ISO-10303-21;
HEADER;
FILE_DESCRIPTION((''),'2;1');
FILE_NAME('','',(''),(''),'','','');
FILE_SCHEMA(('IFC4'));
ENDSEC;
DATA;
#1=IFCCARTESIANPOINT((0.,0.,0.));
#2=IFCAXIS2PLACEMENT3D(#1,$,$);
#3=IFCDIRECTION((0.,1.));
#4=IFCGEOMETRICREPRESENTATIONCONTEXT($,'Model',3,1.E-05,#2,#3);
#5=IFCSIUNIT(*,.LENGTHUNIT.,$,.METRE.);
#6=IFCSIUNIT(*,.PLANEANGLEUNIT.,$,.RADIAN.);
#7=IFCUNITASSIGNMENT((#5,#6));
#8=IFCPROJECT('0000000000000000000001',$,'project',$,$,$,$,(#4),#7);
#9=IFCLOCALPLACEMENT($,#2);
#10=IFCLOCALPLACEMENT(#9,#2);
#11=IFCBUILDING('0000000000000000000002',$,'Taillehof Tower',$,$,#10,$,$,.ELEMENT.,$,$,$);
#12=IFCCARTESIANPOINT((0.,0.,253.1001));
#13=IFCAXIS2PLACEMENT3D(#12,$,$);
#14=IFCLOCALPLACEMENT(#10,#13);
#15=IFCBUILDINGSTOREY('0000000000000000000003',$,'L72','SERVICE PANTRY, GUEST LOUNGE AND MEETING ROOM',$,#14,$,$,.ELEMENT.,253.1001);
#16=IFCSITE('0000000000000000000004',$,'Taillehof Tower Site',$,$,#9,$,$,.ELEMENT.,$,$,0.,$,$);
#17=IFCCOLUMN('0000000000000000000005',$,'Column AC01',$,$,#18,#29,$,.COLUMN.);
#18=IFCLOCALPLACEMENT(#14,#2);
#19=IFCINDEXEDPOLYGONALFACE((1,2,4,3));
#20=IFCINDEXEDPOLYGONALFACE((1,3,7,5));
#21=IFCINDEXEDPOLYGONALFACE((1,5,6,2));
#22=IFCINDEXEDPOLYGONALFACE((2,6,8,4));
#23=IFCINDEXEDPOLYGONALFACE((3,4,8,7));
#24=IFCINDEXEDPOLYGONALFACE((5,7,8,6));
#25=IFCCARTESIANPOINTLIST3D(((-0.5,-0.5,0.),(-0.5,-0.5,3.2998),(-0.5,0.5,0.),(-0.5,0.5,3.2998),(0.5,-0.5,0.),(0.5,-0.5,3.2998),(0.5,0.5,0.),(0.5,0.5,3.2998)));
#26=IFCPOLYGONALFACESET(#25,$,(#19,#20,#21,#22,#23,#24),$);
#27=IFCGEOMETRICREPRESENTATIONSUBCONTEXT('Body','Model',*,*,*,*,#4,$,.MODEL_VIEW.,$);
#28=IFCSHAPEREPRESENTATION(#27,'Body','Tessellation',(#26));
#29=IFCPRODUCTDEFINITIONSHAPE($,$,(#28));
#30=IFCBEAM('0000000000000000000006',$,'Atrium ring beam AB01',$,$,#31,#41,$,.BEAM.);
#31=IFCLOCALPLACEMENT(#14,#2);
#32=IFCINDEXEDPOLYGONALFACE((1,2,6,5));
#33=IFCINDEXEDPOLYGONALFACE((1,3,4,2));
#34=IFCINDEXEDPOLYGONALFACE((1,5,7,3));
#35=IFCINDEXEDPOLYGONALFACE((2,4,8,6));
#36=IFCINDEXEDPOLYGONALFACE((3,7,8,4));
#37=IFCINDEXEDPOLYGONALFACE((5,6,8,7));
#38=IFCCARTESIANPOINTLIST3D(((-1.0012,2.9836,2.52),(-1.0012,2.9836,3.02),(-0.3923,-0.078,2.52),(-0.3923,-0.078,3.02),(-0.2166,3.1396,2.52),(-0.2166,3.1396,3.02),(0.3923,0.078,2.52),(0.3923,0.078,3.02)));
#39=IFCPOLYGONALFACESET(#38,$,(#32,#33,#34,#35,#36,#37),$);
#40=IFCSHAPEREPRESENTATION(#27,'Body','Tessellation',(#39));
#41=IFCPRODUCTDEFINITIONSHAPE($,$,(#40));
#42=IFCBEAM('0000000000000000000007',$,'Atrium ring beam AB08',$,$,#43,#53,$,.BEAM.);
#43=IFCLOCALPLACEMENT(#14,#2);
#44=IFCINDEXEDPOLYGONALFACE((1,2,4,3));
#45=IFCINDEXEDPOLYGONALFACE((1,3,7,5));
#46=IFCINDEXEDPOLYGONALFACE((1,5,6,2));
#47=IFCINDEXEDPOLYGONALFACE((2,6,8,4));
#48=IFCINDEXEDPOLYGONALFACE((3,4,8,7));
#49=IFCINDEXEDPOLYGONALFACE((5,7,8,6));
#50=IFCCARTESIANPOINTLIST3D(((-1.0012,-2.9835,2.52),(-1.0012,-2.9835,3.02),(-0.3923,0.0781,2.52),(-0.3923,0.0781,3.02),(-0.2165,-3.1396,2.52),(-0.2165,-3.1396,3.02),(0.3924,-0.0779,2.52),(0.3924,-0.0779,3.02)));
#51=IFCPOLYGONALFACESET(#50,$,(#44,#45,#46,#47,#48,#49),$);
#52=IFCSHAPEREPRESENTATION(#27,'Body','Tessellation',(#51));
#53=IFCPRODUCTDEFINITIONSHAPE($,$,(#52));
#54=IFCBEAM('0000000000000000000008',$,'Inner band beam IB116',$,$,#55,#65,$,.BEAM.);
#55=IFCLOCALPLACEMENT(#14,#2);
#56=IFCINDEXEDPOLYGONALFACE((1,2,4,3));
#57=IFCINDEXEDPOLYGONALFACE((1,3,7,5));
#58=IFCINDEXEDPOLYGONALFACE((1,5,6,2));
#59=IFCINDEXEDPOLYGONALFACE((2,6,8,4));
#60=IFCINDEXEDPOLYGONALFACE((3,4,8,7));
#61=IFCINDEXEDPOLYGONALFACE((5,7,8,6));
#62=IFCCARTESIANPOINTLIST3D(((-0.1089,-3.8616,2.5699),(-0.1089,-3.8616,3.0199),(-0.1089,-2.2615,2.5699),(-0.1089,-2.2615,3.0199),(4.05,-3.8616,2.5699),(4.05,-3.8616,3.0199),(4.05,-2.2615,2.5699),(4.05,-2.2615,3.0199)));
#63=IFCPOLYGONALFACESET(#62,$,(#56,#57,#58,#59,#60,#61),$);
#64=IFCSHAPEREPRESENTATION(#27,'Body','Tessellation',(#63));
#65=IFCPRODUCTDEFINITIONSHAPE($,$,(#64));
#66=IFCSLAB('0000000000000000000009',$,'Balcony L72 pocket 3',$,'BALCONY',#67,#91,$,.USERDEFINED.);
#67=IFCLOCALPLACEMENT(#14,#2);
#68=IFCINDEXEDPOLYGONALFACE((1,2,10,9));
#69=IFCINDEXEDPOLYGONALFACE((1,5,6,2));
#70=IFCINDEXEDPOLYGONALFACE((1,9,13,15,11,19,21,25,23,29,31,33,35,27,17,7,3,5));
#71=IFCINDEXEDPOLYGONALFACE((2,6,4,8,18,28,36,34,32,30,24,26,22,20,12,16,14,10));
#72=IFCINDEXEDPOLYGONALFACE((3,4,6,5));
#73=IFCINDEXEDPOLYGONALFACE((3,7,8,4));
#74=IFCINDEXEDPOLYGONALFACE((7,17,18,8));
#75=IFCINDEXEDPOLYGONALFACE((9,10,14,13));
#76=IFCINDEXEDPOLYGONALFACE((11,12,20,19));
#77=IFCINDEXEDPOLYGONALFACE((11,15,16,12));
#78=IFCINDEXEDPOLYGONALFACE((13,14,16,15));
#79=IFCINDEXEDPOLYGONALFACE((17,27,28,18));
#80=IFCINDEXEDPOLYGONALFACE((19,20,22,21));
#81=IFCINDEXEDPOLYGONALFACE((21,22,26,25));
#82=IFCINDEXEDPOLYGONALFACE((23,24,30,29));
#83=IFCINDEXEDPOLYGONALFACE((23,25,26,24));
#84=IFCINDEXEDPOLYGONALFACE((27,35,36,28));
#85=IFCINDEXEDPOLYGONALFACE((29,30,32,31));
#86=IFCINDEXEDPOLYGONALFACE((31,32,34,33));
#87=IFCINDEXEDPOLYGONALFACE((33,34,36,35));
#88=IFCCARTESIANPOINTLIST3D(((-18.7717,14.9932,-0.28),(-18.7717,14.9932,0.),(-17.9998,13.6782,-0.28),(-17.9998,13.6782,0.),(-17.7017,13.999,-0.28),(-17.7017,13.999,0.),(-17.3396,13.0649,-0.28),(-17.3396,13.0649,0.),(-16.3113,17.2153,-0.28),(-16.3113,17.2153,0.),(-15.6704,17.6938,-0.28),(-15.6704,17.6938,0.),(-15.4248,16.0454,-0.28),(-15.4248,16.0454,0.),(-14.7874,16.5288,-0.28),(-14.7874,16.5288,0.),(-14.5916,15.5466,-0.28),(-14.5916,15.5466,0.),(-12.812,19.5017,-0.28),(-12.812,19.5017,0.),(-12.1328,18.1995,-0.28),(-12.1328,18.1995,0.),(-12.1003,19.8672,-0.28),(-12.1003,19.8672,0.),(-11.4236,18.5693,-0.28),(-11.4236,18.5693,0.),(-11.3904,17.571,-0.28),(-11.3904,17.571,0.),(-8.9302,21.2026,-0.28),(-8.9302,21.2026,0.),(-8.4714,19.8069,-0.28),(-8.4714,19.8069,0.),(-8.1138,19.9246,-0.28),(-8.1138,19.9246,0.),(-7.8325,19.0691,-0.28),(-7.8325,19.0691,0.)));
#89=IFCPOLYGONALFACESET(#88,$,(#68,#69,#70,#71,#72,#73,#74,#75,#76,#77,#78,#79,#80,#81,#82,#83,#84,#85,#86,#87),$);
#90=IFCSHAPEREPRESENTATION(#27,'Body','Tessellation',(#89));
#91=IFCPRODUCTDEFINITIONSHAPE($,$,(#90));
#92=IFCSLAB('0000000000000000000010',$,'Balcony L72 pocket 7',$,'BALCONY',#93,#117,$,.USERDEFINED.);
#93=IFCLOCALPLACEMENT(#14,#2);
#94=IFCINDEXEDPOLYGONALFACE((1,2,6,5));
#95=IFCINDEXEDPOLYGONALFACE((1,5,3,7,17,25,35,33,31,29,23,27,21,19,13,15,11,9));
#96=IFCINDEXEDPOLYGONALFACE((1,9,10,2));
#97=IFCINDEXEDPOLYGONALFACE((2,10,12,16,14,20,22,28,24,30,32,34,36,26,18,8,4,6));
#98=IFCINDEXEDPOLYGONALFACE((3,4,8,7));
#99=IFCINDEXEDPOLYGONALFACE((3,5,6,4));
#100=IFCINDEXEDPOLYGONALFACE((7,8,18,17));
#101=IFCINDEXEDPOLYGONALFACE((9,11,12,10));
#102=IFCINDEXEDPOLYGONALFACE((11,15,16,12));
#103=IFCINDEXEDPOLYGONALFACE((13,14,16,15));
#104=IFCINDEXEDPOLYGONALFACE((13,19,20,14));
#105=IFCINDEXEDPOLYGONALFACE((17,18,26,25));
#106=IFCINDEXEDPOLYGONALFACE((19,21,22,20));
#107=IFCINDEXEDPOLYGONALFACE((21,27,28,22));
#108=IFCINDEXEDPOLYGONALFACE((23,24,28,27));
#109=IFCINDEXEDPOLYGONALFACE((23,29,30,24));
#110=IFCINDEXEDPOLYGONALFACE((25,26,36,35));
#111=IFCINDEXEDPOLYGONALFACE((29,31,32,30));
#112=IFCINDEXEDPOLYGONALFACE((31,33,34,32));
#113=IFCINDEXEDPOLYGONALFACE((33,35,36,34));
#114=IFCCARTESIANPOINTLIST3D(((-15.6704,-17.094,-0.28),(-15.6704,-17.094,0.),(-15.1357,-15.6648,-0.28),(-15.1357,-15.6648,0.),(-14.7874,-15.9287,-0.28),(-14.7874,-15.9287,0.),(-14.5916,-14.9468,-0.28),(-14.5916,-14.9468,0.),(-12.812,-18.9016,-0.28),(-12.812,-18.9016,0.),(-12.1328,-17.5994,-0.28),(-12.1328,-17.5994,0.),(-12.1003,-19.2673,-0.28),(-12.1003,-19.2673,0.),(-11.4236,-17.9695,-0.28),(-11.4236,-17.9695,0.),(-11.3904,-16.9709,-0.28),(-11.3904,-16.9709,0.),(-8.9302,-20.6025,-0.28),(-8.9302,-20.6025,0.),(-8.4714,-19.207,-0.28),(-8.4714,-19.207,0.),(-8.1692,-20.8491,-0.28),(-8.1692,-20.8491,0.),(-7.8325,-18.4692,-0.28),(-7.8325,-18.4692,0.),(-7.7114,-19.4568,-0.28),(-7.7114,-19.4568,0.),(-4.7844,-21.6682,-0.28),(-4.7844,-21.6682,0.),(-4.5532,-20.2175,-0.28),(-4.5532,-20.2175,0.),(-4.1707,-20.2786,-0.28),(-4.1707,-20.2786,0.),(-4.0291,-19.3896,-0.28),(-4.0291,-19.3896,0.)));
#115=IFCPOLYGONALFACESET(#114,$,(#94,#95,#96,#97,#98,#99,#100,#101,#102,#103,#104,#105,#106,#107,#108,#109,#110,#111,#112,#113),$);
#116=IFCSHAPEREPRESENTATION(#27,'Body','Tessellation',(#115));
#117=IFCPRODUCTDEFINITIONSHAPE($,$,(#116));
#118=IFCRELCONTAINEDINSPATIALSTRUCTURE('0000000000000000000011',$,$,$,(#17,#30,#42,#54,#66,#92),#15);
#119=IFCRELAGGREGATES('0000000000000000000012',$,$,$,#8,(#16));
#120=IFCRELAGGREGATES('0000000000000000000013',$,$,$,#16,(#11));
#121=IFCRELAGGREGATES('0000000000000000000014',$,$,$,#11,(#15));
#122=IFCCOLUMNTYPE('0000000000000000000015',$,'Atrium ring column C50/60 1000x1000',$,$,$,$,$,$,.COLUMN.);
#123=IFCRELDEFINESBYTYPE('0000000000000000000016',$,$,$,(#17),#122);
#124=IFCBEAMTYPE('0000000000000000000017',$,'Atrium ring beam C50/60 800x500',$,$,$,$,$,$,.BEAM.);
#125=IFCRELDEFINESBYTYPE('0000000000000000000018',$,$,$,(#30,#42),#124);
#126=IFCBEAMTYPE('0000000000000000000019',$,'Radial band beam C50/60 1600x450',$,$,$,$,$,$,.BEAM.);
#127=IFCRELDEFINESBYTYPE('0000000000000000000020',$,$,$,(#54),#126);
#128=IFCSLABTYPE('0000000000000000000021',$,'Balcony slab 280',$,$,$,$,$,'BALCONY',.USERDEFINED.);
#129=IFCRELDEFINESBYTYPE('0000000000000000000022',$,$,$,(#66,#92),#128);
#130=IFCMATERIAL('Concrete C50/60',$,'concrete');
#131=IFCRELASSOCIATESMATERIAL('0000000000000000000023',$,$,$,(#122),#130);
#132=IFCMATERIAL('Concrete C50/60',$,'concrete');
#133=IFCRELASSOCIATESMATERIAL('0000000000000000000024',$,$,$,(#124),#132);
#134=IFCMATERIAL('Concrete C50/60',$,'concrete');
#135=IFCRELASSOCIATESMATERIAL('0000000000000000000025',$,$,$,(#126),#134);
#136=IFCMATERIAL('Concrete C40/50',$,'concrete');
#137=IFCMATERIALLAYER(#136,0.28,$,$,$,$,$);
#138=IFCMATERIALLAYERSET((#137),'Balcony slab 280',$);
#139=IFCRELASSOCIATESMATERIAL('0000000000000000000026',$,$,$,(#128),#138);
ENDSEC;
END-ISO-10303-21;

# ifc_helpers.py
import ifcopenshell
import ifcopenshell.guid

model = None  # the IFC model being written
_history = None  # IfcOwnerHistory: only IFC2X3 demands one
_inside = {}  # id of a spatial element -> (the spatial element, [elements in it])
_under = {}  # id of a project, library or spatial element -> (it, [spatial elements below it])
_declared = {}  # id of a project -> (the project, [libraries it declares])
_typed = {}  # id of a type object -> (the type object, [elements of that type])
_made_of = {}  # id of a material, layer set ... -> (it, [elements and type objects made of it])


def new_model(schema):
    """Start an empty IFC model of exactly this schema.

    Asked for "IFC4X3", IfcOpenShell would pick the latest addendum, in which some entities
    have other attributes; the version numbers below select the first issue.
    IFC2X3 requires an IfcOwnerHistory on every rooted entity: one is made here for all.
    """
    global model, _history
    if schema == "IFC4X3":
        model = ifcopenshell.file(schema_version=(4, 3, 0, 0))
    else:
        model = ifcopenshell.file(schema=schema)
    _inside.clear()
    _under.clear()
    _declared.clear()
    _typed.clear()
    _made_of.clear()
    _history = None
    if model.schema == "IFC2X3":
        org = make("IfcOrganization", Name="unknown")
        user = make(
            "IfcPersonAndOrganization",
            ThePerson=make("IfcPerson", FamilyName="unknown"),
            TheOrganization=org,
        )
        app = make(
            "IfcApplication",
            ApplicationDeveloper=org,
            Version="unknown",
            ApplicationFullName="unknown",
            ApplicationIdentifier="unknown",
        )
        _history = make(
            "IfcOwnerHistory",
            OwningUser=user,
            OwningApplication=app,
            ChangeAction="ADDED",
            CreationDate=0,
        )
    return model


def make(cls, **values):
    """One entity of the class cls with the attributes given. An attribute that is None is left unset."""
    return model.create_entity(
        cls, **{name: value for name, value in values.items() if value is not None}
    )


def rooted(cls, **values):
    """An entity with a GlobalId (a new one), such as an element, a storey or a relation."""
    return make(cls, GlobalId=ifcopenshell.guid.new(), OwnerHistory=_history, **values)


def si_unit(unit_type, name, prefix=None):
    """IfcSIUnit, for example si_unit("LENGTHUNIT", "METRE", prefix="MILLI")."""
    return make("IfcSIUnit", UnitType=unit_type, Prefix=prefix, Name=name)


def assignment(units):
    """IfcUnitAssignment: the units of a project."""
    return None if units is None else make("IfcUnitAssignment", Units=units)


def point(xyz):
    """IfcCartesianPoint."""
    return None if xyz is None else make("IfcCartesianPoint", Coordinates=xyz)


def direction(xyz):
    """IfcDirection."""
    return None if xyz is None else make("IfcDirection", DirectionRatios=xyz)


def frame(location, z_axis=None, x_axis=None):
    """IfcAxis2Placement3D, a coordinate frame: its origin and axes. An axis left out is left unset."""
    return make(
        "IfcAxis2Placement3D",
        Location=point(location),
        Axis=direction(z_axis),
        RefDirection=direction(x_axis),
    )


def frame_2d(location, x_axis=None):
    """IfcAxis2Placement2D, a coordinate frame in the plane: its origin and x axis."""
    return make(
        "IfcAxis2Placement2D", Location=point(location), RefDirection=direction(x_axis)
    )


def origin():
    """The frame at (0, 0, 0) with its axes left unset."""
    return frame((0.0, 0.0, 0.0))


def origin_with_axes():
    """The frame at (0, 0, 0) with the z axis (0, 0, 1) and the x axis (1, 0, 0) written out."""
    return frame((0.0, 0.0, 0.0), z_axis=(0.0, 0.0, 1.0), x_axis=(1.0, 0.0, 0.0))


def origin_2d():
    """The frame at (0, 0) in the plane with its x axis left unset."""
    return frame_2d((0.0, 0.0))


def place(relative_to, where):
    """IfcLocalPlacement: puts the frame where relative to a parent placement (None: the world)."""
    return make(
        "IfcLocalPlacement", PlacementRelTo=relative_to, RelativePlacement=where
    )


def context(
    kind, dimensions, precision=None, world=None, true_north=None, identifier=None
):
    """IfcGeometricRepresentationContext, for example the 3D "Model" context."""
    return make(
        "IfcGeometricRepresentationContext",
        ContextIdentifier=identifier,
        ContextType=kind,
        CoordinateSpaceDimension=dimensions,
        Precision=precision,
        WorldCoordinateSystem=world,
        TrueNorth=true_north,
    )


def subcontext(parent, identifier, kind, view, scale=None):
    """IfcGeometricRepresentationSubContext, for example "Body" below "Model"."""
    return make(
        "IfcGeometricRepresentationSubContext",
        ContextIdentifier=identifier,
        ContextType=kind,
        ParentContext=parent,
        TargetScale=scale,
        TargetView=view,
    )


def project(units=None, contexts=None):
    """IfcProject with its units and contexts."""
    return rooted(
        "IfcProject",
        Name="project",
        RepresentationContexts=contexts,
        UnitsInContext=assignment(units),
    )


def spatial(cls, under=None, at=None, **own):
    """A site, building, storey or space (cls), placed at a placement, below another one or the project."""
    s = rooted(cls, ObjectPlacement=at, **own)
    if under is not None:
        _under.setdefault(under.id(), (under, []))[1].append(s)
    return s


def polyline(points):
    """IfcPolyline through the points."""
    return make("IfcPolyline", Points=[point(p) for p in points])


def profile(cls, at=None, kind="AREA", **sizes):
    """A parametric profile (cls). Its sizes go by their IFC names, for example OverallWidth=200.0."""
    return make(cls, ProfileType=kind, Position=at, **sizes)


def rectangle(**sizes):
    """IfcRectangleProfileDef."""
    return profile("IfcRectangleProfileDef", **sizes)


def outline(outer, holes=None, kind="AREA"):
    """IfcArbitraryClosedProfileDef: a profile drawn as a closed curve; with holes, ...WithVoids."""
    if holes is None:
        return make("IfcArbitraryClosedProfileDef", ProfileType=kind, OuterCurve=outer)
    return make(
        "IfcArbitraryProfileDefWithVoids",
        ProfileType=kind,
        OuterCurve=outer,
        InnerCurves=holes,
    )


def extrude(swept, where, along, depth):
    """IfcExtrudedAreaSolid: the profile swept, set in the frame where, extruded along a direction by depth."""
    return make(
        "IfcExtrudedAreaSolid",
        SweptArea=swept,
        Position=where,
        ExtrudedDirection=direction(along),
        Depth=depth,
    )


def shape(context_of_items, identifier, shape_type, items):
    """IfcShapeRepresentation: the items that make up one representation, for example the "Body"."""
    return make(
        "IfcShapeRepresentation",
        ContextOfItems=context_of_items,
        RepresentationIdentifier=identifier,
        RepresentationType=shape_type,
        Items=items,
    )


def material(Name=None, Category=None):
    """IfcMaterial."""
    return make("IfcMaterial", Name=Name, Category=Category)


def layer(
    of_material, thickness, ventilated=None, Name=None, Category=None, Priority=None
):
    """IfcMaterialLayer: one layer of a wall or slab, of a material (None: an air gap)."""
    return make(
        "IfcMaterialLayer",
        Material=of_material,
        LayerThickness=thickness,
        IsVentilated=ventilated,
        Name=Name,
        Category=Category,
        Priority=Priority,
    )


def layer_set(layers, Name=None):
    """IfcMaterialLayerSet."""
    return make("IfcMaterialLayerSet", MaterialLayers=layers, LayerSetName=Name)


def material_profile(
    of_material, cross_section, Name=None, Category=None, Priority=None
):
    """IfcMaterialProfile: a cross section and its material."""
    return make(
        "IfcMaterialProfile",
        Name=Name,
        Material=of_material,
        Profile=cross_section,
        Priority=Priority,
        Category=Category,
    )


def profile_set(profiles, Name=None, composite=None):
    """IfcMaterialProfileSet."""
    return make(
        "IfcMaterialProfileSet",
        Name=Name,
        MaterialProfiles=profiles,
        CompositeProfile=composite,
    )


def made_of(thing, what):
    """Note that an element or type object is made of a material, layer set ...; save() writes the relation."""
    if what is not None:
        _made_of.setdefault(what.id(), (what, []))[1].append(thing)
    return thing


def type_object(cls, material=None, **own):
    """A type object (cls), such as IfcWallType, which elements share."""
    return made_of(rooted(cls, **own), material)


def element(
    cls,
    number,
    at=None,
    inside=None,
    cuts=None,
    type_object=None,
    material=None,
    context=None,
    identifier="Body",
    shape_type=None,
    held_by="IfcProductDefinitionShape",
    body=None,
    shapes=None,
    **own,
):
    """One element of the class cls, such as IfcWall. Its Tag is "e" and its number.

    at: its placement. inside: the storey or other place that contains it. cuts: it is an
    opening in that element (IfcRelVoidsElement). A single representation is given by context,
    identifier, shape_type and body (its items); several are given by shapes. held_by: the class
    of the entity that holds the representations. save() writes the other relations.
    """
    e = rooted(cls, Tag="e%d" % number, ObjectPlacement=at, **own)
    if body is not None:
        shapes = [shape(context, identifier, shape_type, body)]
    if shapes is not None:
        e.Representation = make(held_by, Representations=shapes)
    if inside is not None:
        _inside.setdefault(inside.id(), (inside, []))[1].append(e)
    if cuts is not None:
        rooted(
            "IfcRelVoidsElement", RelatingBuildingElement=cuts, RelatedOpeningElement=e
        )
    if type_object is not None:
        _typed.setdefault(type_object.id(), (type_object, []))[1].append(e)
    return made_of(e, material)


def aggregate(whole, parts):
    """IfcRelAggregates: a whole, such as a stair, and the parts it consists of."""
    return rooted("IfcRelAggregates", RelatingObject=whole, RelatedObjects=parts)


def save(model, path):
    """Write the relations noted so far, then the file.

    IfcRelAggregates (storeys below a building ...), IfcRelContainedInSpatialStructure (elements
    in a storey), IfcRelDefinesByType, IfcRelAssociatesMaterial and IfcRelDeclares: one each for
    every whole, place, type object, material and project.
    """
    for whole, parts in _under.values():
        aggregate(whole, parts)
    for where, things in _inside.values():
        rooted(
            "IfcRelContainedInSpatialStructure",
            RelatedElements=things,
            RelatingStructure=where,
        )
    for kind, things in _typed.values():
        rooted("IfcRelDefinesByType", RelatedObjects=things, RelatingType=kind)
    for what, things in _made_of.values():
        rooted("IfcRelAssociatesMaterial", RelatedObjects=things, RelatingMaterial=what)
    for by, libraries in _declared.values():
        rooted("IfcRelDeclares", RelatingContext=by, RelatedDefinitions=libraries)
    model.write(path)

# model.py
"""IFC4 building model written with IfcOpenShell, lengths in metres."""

from ifc_helpers import new_model, si_unit, direction, frame, origin, origin_with_axes, origin_2d, place, context, subcontext, project, spatial, polyline, rectangle, outline, extrude, material, layer, layer_set, material_profile, profile_set, type_object, element, save


model = new_model("IFC4")

# Units and contexts
model_context = context("Model", 3, precision=1e-05, world=origin(), true_north=direction((0.0, 1.0)))
body_context = subcontext(model_context, "Body", "Model", "MODEL_VIEW")
ifc_project = project(units=[si_unit("LENGTHUNIT", "METRE"), si_unit("PLANEANGLEUNIT", "RADIAN")], contexts=[model_context])

# Site, building, storey
site_placement = place(None, origin())
site = spatial("IfcSite", under=ifc_project, at=site_placement, Name="Taillehof Tower Site", CompositionType="ELEMENT", RefElevation=0.0)
building_placement = place(site_placement, origin())
building = spatial("IfcBuilding", under=site, at=building_placement, Name="Taillehof Tower", CompositionType="ELEMENT")
storey_placement = place(building_placement, frame((0.0, 0.0, 253.1001)))
storey = spatial("IfcBuildingStorey", under=building, at=storey_placement, Name="L72", Description="SERVICE PANTRY, GUEST LOUNGE AND MEETING ROOM", CompositionType="ELEMENT", Elevation=253.1001)

# Column
ifc_material_1 = material(Name="Concrete C50/60", Category="concrete")
ifc_material_profile_1 = material_profile(ifc_material_1, rectangle(XDim=1.0, YDim=1.0, at=origin_2d()), Name="RC 1000x1000")
ifc_profile_set_1 = profile_set([ifc_material_profile_1], Name="Concrete C50/60")
column_type = type_object("IfcColumnType", Name="Atrium ring column C50/60 1000x1000", PredefinedType="COLUMN", material=ifc_profile_set_1)
column_placement = place(storey_placement, origin_with_axes())
element("IfcColumn", 1, at=column_placement, inside=storey, type_object=column_type, Name="Column AC01", PredefinedType="COLUMN", context=body_context, shape_type="SweptSolid", body=[
    extrude(rectangle(XDim=1.0, YDim=1.0, at=origin_2d()), origin(), (0.0, 0.0, 1.0), 3.2998),
])

# Beams
ifc_material_2 = material(Name="Concrete C50/60", Category="concrete")
ifc_material_profile_2 = material_profile(ifc_material_2, rectangle(XDim=0.8, YDim=0.5, at=origin_2d()), Name="RC 800x500")
ifc_profile_set_2 = profile_set([ifc_material_profile_2], Name="Concrete C50/60")
beam_type_1 = type_object("IfcBeamType", Name="Atrium ring beam C50/60 800x500", PredefinedType="BEAM", material=ifc_profile_set_2)
for number, where, z_axis, x_axis, name in (
    (2, (0.0, 0.0, 2.77), (-0.195063, 0.980791, 0.0), (-0.980791, -0.195063, 0.0), "Atrium ring beam AB01"),
    (3, (-0.6089, -3.0615, 2.77), (0.195063, 0.980791, 0.0), (-0.980791, 0.195063, 0.0), "Atrium ring beam AB08"),
):
    element("IfcBeam", number, at=place(storey_placement, frame(where, z_axis=z_axis, x_axis=x_axis)), inside=storey, type_object=beam_type_1, Name=name, PredefinedType="BEAM", context=body_context, shape_type="SweptSolid", body=[
        extrude(rectangle(XDim=0.8, YDim=0.5, at=origin_2d()), origin(), (0.0, 0.0, 1.0), 3.1216),
    ])
ifc_material_3 = material(Name="Concrete C50/60", Category="concrete")
ifc_material_profile_3 = material_profile(ifc_material_3, rectangle(XDim=1.6001, YDim=0.45, at=origin_2d()), Name="RC 1600x450")
ifc_profile_set_3 = profile_set([ifc_material_profile_3], Name="Concrete C50/60")
beam_type_2 = type_object("IfcBeamType", Name="Radial band beam C50/60 1600x450", PredefinedType="BEAM", material=ifc_profile_set_3)
beam_placement = place(storey_placement, frame((-0.1089, -3.0615, 2.7949), z_axis=(1.0, 0.0, 0.0), x_axis=(0.0, 1.0, 0.0)))
element("IfcBeam", 4, at=beam_placement, inside=storey, type_object=beam_type_2, Name="Inner band beam IB116", PredefinedType="BEAM", context=body_context, shape_type="SweptSolid", body=[
    extrude(rectangle(XDim=1.6001, YDim=0.45, at=origin_2d()), origin(), (0.0, 0.0, 1.0), 4.1589),
])

# Slabs
ifc_material_4 = material(Name="Concrete C40/50", Category="concrete")
ifc_layer_1 = layer(ifc_material_4, 0.28)
ifc_layer_set_1 = layer_set([ifc_layer_1], Name="Balcony slab 280")
slab_type_1 = type_object("IfcSlabType", Name="Balcony slab 280", ElementType="BALCONY", PredefinedType="USERDEFINED", material=ifc_layer_set_1)
slab_1_placement = place(storey_placement, frame((0.0, 0.0, -0.28)))
element("IfcSlab", 5, at=slab_1_placement, inside=storey, type_object=slab_type_1, Name="Balcony L72 pocket 3", ObjectType="BALCONY", PredefinedType="USERDEFINED", context=body_context, shape_type="SweptSolid", body=[
    extrude(outline(polyline([(-17.3396, 13.0649), (-17.9998, 13.6782), (-17.7017, 13.999), (-18.7717, 14.9932), (-16.3113, 17.2153), (-15.4248, 16.0454), (-14.7874, 16.5288), (-15.6704, 17.6938), (-12.812, 19.5017), (-12.1328, 18.1995), (-11.4236, 18.5693), (-12.1003, 19.8672), (-8.9302, 21.2026), (-8.4714, 19.8069), (-8.1138, 19.9246), (-7.8325, 19.0691), (-11.3904, 17.571), (-14.5916, 15.5466), (-17.3396, 13.0649)])), origin(), (0.0, 0.0, 1.0), 0.28),
])
slab_2_placement = place(storey_placement, frame((0.0, 0.0, -0.28)))
element("IfcSlab", 6, at=slab_2_placement, inside=storey, type_object=slab_type_1, Name="Balcony L72 pocket 7", ObjectType="BALCONY", PredefinedType="USERDEFINED", context=body_context, shape_type="SweptSolid", body=[
    extrude(outline(polyline([(-4.0291, -19.3896), (-4.1707, -20.2786), (-4.5532, -20.2175), (-4.7844, -21.6682), (-8.1692, -20.8491), (-7.7114, -19.4568), (-8.4714, -19.207), (-8.9302, -20.6025), (-12.1003, -19.2673), (-11.4236, -17.9695), (-12.1328, -17.5994), (-12.812, -18.9016), (-15.6704, -17.094), (-14.7874, -15.9287), (-15.1357, -15.6648), (-14.5916, -14.9468), (-11.3904, -16.9709), (-7.8325, -18.4692), (-4.0291, -19.3896)])), origin(), (0.0, 0.0, 1.0), 0.28),
])

save(model, "model.ifc")
